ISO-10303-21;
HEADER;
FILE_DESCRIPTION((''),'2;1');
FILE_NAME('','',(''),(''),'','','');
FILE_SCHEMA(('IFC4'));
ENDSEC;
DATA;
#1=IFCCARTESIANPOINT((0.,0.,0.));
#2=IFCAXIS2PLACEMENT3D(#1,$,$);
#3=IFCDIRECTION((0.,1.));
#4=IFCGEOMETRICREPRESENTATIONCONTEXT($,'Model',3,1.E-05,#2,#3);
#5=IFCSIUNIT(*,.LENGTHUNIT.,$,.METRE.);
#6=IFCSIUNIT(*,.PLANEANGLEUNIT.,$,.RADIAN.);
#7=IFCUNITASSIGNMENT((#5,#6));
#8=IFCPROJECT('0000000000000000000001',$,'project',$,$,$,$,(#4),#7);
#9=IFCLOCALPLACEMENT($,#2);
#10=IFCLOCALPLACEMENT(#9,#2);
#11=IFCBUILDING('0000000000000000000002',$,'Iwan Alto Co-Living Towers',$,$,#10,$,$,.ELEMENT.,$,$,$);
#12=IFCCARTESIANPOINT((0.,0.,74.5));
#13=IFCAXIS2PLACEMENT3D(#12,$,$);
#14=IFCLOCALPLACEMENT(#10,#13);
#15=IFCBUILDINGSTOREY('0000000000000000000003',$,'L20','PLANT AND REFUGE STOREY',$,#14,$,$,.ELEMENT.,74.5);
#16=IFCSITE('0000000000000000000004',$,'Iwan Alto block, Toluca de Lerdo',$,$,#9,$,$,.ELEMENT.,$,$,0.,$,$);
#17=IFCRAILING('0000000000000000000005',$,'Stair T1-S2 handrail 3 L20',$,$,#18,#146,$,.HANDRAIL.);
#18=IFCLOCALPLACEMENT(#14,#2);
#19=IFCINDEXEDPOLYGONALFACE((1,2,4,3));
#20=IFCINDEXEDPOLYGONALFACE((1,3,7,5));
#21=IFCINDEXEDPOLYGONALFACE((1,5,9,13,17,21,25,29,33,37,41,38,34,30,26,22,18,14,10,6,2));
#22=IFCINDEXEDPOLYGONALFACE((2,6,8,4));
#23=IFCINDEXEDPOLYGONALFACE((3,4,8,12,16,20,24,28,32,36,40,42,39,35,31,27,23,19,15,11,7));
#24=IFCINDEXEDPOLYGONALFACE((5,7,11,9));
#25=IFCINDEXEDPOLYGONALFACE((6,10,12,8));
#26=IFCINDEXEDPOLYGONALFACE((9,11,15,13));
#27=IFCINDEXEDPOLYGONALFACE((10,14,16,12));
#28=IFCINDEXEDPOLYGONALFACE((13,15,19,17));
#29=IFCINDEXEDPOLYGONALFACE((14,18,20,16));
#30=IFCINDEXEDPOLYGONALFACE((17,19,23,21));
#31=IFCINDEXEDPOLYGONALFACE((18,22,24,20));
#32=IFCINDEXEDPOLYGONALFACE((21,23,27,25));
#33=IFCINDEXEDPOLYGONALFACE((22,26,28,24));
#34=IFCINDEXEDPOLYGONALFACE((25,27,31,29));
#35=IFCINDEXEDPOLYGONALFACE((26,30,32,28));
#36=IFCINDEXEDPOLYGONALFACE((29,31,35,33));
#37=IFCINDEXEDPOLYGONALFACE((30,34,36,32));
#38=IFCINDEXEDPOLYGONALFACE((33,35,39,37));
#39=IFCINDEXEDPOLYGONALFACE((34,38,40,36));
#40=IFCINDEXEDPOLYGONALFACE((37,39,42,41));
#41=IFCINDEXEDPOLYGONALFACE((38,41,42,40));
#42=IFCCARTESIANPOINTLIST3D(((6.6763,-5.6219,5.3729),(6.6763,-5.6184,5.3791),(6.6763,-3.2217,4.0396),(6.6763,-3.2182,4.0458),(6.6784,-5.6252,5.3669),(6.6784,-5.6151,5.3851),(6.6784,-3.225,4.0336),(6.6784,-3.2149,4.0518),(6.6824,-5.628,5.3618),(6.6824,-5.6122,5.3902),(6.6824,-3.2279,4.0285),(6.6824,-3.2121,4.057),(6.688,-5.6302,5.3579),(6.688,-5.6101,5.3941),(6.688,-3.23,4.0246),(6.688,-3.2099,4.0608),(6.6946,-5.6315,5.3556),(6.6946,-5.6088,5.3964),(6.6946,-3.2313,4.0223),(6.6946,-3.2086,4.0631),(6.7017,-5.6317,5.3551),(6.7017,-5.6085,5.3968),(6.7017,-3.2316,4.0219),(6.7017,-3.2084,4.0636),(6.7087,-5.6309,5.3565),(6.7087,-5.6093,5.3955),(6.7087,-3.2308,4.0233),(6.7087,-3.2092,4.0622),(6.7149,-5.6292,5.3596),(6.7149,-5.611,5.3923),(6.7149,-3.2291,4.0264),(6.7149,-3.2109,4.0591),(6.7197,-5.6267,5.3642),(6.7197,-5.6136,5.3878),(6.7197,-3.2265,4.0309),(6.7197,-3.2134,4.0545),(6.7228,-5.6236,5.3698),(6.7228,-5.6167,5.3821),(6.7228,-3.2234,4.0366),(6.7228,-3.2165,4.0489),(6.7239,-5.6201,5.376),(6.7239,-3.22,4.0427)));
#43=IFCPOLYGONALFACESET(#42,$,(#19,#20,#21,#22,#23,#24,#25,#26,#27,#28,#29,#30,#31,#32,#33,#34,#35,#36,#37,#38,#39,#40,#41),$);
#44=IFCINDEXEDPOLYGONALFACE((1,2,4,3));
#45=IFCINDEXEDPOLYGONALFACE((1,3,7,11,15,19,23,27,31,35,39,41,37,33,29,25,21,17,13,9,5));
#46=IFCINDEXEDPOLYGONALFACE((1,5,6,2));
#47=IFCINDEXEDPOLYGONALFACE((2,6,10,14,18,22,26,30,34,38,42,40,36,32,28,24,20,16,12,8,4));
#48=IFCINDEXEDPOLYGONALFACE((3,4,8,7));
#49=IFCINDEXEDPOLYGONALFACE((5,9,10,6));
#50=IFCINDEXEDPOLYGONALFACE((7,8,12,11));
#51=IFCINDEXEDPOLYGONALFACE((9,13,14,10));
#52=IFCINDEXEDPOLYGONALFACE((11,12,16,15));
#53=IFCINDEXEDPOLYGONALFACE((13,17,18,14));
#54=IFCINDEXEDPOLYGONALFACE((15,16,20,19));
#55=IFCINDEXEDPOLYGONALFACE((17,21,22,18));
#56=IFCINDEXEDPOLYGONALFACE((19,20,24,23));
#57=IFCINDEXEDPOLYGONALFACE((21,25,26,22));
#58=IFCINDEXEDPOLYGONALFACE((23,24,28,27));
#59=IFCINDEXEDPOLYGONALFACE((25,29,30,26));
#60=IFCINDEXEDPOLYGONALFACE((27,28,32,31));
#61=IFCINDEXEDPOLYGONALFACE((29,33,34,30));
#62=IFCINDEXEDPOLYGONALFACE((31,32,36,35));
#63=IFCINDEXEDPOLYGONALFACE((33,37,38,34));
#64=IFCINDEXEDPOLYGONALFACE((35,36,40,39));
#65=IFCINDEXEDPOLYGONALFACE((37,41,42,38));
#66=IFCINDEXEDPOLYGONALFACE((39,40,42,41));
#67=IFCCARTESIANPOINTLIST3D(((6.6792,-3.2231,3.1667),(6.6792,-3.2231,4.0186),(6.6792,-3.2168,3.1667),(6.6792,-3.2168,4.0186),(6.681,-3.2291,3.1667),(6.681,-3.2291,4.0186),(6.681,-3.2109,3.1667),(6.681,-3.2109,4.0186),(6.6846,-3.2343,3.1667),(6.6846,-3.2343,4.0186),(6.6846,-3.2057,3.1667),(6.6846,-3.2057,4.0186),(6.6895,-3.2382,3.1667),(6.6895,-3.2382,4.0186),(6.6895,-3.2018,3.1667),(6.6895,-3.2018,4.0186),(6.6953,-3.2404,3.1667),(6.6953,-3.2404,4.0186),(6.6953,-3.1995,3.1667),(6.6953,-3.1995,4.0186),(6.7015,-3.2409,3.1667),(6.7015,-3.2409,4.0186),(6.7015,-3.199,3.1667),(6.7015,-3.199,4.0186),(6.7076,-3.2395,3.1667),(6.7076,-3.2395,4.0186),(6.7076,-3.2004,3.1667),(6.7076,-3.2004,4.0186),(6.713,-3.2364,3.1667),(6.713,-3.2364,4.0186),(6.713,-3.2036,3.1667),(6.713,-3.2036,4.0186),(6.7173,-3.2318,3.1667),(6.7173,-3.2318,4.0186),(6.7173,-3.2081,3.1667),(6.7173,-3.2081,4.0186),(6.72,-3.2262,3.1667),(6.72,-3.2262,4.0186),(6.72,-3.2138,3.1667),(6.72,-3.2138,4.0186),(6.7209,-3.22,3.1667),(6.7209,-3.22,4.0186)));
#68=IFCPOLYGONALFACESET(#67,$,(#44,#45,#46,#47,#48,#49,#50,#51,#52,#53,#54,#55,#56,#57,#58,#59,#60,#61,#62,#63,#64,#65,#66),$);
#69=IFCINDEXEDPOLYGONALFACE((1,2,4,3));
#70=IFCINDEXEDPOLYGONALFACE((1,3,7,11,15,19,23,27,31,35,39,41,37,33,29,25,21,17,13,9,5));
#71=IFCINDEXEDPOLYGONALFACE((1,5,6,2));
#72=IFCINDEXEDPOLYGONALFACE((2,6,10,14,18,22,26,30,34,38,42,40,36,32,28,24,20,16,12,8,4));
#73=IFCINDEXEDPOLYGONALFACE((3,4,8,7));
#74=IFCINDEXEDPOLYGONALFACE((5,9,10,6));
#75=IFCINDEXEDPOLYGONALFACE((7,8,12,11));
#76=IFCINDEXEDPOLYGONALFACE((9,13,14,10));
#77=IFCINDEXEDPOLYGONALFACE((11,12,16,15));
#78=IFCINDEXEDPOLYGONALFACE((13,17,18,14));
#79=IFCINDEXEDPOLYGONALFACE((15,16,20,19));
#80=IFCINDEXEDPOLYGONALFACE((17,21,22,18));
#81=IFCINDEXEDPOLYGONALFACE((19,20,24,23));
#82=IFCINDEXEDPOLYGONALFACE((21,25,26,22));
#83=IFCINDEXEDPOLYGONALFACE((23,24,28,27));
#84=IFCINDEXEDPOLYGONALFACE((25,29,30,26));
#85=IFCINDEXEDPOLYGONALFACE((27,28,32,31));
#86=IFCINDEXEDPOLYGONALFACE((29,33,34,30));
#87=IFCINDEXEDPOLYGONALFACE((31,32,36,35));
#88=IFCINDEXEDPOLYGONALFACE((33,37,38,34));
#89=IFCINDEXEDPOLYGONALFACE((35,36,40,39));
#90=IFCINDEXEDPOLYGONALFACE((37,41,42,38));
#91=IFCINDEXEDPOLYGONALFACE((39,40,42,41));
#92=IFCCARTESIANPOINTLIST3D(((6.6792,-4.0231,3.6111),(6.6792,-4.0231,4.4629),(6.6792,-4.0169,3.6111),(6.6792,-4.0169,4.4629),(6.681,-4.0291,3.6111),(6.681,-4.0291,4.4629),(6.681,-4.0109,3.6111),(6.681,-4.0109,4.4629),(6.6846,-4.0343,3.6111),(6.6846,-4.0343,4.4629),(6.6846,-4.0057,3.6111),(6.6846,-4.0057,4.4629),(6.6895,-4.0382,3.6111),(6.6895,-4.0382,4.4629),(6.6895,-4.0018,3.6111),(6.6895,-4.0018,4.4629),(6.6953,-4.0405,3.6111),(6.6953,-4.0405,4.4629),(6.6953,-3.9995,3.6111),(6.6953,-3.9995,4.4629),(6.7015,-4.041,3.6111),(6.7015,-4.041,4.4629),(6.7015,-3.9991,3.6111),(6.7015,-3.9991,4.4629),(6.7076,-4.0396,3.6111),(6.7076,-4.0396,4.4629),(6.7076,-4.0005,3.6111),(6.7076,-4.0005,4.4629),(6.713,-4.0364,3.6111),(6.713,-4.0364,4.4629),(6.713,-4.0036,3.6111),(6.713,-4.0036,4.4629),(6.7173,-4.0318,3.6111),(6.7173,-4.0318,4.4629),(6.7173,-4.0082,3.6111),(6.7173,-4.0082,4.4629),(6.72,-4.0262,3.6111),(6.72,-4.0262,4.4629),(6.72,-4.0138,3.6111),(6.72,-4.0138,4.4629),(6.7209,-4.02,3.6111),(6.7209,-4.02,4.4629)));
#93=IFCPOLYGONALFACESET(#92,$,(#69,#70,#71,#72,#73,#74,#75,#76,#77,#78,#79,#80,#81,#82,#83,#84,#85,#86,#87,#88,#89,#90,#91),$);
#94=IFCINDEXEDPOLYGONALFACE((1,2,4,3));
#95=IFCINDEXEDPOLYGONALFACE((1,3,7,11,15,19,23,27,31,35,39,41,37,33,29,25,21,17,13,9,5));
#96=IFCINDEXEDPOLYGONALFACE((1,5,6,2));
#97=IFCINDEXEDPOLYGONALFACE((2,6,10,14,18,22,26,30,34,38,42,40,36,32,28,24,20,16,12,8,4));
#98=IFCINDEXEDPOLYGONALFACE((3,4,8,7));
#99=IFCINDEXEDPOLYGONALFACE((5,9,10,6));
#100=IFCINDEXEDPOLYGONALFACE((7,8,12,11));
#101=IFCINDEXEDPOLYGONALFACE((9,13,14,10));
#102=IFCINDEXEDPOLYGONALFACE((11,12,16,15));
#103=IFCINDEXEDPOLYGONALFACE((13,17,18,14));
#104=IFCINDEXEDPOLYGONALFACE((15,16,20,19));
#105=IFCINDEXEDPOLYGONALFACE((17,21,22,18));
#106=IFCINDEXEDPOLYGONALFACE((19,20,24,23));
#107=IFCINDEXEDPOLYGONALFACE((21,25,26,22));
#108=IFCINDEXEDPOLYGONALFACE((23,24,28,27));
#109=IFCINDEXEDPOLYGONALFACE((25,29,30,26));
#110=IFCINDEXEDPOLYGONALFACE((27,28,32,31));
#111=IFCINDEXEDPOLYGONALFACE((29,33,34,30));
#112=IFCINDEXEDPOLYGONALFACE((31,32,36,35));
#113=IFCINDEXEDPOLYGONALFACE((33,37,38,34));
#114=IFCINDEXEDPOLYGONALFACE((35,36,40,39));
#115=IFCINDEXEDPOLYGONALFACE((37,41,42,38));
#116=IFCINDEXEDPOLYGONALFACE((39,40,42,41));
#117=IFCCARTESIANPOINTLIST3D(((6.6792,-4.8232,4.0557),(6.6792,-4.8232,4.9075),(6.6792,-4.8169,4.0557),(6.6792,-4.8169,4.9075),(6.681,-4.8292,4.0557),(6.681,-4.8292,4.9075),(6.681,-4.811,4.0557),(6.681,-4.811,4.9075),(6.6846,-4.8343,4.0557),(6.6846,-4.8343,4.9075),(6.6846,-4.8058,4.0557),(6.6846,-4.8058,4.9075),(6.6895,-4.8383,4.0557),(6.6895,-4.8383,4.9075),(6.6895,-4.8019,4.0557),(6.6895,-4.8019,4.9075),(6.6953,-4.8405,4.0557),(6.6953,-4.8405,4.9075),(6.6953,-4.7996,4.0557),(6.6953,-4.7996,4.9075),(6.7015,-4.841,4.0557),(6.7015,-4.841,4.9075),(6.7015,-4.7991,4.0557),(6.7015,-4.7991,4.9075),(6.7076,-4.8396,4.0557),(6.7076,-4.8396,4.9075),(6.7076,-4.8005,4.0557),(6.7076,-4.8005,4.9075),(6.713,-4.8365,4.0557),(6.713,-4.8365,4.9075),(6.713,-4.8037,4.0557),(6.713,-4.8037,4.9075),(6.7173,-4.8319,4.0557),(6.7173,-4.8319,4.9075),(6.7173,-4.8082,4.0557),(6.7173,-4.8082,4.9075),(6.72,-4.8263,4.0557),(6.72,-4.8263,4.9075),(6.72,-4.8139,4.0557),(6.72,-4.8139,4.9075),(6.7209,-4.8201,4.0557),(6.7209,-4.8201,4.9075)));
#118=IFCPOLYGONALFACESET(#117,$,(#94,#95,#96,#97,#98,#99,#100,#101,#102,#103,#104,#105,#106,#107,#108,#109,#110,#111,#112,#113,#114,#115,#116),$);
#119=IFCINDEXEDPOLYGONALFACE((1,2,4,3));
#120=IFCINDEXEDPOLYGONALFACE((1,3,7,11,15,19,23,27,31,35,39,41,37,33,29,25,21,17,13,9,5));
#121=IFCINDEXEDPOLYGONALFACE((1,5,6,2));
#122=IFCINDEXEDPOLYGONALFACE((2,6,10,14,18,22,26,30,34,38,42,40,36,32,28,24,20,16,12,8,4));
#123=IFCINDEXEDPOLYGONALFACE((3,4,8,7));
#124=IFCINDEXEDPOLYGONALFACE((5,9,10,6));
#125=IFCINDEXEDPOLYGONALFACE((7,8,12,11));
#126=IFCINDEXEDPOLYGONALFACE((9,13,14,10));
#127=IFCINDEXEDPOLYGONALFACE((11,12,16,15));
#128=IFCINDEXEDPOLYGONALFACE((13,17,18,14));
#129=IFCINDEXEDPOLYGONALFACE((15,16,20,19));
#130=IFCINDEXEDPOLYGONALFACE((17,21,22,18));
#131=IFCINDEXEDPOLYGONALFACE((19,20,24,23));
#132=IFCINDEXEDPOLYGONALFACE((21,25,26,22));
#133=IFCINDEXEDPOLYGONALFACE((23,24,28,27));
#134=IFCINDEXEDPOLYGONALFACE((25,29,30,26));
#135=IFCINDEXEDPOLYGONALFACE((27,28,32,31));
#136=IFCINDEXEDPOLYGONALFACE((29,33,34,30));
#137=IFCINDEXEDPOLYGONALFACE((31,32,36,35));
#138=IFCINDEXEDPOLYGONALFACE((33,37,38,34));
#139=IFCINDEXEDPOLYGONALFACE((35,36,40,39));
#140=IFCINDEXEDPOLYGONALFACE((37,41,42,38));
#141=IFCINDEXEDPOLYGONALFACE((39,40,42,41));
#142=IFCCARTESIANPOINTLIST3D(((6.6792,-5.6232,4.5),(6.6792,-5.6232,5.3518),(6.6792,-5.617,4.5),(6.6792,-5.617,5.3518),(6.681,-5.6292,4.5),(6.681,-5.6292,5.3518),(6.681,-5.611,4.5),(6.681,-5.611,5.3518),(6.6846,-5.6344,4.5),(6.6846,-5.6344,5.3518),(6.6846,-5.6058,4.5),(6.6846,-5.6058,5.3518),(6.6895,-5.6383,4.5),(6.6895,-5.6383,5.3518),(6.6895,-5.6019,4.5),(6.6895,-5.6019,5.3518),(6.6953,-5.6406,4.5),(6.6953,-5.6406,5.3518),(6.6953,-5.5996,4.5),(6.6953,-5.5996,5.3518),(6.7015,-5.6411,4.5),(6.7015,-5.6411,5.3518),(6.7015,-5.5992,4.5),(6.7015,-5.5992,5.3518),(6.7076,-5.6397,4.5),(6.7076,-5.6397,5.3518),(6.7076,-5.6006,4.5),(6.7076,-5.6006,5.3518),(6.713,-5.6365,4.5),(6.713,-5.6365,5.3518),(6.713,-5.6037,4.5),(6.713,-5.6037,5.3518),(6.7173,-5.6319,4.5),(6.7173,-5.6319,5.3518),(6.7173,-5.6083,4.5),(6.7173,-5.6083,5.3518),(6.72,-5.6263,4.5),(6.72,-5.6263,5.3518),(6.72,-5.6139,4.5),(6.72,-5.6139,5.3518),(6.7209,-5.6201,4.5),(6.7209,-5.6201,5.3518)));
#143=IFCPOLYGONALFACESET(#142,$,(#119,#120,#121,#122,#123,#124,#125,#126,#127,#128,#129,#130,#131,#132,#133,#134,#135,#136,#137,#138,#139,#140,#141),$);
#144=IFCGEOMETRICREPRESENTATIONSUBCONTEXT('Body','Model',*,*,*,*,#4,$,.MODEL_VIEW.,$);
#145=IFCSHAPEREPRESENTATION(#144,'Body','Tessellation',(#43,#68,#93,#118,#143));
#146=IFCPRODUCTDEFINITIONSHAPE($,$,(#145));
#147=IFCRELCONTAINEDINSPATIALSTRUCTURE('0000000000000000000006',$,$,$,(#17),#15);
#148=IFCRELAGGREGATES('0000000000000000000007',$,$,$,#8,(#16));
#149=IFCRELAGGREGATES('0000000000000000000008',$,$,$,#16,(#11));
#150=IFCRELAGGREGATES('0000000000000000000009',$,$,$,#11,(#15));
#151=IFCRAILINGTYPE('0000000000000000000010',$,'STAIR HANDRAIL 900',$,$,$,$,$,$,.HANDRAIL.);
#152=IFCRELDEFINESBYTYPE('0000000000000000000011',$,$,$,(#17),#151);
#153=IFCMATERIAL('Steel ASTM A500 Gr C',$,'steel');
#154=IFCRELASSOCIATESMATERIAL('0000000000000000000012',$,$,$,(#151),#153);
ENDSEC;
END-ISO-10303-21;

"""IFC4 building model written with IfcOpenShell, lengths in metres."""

from ifc_helpers import new_model, si_unit, direction, frame, origin, origin_2d, place, context, subcontext, project, spatial, circle, extrude, material, type_object, element, save


model = new_model("IFC4")

# Units and contexts
model_context = context("Model", 3, precision=1e-05, world=origin(), true_north=direction((0.0, 1.0)))
body_context = subcontext(model_context, "Body", "Model", "MODEL_VIEW")
ifc_project = project(units=[si_unit("LENGTHUNIT", "METRE"), si_unit("PLANEANGLEUNIT", "RADIAN")], contexts=[model_context])

# Site, building, storey
site_placement = place(None, origin())
site = spatial("IfcSite", under=ifc_project, at=site_placement, Name="Iwan Alto block, Toluca de Lerdo", CompositionType="ELEMENT", RefElevation=0.0)
building_placement = place(site_placement, origin())
building = spatial("IfcBuilding", under=site, at=building_placement, Name="Iwan Alto Co-Living Towers", CompositionType="ELEMENT")
storey_placement = place(building_placement, frame((0.0, 0.0, 74.5)))
storey = spatial("IfcBuildingStorey", under=building, at=storey_placement, Name="L20", Description="PLANT AND REFUGE STOREY", CompositionType="ELEMENT", Elevation=74.5)

# Railing
ifc_material_1 = material(Name="Steel ASTM A500 Gr C", Category="steel")
railing_type_1 = type_object("IfcRailingType", Name="STAIR HANDRAIL 900", PredefinedType="HANDRAIL", material=ifc_material_1)
railing_1_placement = place(storey_placement, frame((6.7, -3.22, 3.1667)))
element("IfcRailing", 1, at=railing_1_placement, inside=storey, type_object=railing_type_1, Name="Stair T1-S2 handrail 3 L20", PredefinedType="HANDRAIL", context=body_context, shape_type="SweptSolid", body=[
    extrude(circle(Radius=0.0239, at=origin_2d()), frame((0.0, 0.0, 0.876), z_axis=(0.0, -0.874182, 0.485598), x_axis=(1.0, 0.0, 0.0)), (0.0, 0.0, 1.0), 2.7456),
    extrude(circle(Radius=0.021, at=origin_2d()), origin(), (0.0, 0.0, 1.0), 0.8518),
    extrude(circle(Radius=0.021, at=origin_2d()), frame((0.0, -0.8, 0.4443)), (0.0, 0.0, 1.0), 0.8518),
    extrude(circle(Radius=0.021, at=origin_2d()), frame((0.0, -1.6001, 0.8889)), (0.0, 0.0, 1.0), 0.8518),
    extrude(circle(Radius=0.021, at=origin_2d()), frame((0.0, -2.4001, 1.3333)), (0.0, 0.0, 1.0), 0.8518),
])

save(model, "model.ifc")
